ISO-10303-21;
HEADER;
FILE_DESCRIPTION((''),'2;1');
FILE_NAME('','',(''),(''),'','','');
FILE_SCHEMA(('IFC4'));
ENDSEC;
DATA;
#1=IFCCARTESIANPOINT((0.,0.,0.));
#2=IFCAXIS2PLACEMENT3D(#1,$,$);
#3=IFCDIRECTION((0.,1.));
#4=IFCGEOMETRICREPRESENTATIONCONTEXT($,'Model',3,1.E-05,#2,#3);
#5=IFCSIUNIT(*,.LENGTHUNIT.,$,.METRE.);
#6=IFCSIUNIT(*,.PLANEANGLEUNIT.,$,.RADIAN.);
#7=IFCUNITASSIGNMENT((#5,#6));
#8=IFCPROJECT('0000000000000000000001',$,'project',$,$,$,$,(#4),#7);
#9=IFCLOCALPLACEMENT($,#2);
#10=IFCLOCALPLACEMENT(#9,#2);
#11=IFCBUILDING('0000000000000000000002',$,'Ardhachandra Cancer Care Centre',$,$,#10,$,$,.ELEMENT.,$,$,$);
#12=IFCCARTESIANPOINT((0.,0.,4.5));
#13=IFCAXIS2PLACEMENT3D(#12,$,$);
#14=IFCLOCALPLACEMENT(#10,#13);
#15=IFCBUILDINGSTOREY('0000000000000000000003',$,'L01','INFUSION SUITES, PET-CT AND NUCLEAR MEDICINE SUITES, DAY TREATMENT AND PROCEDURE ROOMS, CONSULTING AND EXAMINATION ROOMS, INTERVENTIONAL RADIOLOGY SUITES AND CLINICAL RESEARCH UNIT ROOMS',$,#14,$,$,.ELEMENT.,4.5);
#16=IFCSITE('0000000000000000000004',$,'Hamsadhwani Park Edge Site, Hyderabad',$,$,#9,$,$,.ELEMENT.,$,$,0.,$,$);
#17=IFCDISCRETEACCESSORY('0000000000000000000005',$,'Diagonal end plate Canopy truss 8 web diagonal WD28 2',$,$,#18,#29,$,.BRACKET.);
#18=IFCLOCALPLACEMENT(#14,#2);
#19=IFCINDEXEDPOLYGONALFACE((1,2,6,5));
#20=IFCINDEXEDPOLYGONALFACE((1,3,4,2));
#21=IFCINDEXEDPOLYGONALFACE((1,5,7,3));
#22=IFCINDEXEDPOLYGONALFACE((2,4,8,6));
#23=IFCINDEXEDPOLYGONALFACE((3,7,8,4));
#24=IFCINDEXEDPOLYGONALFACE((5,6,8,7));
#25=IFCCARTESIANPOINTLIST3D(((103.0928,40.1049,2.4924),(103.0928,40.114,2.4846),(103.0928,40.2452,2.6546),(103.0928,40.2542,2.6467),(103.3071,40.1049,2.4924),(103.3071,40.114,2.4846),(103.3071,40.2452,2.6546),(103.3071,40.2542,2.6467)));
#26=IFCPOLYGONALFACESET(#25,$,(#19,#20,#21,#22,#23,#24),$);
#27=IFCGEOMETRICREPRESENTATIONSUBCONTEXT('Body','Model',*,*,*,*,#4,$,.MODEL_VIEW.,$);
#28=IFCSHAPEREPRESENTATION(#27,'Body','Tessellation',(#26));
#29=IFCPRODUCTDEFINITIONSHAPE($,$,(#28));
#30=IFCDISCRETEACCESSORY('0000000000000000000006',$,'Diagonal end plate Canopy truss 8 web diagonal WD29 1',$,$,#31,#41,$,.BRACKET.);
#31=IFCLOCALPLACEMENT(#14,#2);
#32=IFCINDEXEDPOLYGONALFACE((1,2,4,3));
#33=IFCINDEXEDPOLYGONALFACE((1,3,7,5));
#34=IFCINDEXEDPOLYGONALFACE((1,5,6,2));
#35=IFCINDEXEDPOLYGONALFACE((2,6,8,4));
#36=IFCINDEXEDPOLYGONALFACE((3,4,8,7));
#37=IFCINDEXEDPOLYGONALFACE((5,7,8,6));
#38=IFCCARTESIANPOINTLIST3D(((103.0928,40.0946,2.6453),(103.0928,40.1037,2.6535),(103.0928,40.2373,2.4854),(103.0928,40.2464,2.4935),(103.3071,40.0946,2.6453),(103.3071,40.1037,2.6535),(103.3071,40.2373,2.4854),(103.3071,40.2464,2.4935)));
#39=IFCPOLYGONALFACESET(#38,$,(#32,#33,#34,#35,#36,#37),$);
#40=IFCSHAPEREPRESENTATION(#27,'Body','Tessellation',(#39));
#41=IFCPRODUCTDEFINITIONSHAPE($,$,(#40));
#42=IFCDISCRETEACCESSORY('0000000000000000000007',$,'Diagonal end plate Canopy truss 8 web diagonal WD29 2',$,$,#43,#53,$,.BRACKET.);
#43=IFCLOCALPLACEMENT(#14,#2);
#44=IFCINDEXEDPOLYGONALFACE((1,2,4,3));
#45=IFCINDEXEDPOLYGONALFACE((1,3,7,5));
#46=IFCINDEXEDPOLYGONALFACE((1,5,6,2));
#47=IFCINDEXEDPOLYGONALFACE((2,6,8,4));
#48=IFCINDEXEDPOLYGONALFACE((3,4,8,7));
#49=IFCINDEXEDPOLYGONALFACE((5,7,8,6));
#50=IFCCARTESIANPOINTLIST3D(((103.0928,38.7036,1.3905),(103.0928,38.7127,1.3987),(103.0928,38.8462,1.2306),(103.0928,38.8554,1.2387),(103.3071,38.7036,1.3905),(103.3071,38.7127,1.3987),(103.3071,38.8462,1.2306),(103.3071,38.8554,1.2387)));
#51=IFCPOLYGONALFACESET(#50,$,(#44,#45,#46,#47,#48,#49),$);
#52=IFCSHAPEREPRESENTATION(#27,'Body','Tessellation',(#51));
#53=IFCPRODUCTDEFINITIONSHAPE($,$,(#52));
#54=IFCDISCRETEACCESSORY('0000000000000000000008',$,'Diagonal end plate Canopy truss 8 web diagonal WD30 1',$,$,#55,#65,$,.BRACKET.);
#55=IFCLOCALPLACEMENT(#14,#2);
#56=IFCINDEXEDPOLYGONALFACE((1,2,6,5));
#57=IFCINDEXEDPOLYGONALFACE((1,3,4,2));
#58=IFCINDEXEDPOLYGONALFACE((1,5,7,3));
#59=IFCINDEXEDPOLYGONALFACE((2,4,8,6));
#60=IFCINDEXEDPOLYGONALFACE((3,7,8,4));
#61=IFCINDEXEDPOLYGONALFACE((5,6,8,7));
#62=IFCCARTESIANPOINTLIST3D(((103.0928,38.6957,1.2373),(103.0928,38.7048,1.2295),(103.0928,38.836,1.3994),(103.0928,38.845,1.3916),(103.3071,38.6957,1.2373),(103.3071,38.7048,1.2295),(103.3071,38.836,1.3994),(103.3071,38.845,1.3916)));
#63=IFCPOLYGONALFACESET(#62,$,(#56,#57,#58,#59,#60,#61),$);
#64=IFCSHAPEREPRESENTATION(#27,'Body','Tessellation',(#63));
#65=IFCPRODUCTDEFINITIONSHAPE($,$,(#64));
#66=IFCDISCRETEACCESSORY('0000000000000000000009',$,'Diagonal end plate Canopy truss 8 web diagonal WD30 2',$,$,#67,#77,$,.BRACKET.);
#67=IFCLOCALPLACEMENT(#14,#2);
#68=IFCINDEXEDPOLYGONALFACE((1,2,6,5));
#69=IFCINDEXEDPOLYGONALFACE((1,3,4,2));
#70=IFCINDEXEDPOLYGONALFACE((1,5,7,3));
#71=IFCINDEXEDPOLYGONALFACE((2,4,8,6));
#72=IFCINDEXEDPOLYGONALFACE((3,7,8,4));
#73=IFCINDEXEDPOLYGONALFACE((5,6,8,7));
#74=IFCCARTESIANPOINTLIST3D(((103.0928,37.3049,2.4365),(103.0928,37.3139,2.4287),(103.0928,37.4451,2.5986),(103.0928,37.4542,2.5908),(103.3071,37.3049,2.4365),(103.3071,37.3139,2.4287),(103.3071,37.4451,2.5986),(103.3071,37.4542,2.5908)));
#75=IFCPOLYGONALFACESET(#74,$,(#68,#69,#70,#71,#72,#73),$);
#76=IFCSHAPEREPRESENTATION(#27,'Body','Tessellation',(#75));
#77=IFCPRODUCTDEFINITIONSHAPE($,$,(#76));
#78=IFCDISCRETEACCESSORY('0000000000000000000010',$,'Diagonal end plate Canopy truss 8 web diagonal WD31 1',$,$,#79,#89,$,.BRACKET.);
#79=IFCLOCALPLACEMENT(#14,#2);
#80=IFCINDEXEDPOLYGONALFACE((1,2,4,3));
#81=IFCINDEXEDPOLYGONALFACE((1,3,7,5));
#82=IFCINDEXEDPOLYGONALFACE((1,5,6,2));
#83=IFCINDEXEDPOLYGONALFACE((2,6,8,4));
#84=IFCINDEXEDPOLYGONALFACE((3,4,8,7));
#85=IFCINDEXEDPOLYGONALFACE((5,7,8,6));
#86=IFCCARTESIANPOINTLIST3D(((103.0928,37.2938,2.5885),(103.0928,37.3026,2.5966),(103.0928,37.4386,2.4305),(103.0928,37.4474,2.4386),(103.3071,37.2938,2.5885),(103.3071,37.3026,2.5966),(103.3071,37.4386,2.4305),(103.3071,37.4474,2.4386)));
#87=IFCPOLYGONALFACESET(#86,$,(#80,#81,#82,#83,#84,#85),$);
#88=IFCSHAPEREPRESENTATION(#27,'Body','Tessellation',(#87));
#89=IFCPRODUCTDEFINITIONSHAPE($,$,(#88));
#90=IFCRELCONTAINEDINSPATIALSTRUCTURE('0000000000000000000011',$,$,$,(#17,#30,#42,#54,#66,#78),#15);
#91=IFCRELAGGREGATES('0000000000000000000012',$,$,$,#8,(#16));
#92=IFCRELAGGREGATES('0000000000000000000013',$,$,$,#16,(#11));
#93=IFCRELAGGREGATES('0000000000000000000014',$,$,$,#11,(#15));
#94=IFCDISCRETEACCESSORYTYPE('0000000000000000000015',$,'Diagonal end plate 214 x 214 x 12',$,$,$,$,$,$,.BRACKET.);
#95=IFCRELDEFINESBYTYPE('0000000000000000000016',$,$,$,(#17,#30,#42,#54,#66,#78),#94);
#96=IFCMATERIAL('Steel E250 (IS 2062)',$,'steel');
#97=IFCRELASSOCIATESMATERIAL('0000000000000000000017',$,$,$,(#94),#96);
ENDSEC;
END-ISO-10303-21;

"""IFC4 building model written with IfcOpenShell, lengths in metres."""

from ifc_helpers import new_model, si_unit, direction, frame, origin, origin_2d, place, context, subcontext, project, spatial, rectangle, extrude, material, material_profile, profile_set, type_object, element, save


model = new_model("IFC4")

# Units and contexts
model_context = context("Model", 3, precision=1e-05, world=origin(), true_north=direction((0.0, 1.0)))
body_context = subcontext(model_context, "Body", "Model", "MODEL_VIEW")
ifc_project = project(units=[si_unit("LENGTHUNIT", "METRE"), si_unit("PLANEANGLEUNIT", "RADIAN")], contexts=[model_context])

# Site, building, storey
site_placement = place(None, origin())
site = spatial("IfcSite", under=ifc_project, at=site_placement, Name="Hamsadhwani Park Edge Site, Hyderabad", CompositionType="ELEMENT", RefElevation=0.0)
building_placement = place(site_placement, origin())
building = spatial("IfcBuilding", under=site, at=building_placement, Name="Ardhachandra Cancer Care Centre", CompositionType="ELEMENT")
storey_placement = place(building_placement, frame((0.0, 0.0, 4.5)))
storey = spatial("IfcBuildingStorey", under=building, at=storey_placement, Name="L01", Description="INFUSION SUITES, PET-CT AND NUCLEAR MEDICINE SUITES, DAY TREATMENT AND PROCEDURE ROOMS, CONSULTING AND EXAMINATION ROOMS, INTERVENTIONAL RADIOLOGY SUITES AND CLINICAL RESEARCH UNIT ROOMS", CompositionType="ELEMENT", Elevation=4.5)

# Discrete accessories
ifc_material_1 = material(Name="Steel E250 (IS 2062)", Category="steel")
ifc_material_profile_1 = material_profile(ifc_material_1, rectangle(XDim=0.2144, YDim=0.2144, at=origin_2d()), Name="PL 214x214x12")
ifc_profile_set_1 = profile_set([ifc_material_profile_1], Name="Steel E250 (IS 2062)")
discrete_accessory_type = type_object("IfcDiscreteAccessoryType", Name="Diagonal end plate 214 x 214 x 12", PredefinedType="BRACKET", material=ifc_profile_set_1)
for number, where, z_axis, x_axis, name in (
    (1, (103.2, 40.175, 2.5735), (0.0, 0.756363, -0.654152), (-1.0, 0.0, 0.0), "Diagonal end plate Canopy truss 8 web diagonal WD28 2"),
):
    element("IfcDiscreteAccessory", number, at=place(storey_placement, frame(where, z_axis=z_axis, x_axis=x_axis)), inside=storey, type_object=discrete_accessory_type, Name=name, PredefinedType="BRACKET", context=body_context, shape_type="SweptSolid", body=[
        extrude(rectangle(XDim=0.2144, YDim=0.2144, at=origin_2d()), origin(), (0.0, 0.0, 1.0), 0.012),
    ])
for number, where, z_axis, x_axis, name in (
    (2, (103.2, 40.175, 2.5735), (0.0, -0.746295, -0.665615), (1.0, 0.0, 0.0), "Diagonal end plate Canopy truss 8 web diagonal WD29 1"),
    (3, (103.2, 38.7749, 1.3105), (0.0, 0.746295, 0.665615), (-1.0, 0.0, 0.0), "Diagonal end plate Canopy truss 8 web diagonal WD29 2"),
):
    element("IfcDiscreteAccessory", number, at=place(storey_placement, frame(where, z_axis=z_axis, x_axis=x_axis)), inside=storey, type_object=discrete_accessory_type, Name=name, PredefinedType="BRACKET", context=body_context, shape_type="SweptSolid", body=[
        extrude(rectangle(XDim=0.2144, YDim=0.2144, at=origin_2d()), origin(), (0.0, 0.0, 1.0), 0.0122),
    ])
for number, where, z_axis, x_axis, name in (
    (4, (103.2, 38.7749, 1.3105), (0.0, -0.756363, 0.654152), (1.0, 0.0, 0.0), "Diagonal end plate Canopy truss 8 web diagonal WD30 1"),
    (5, (103.2, 37.375, 2.5176), (0.0, 0.756363, -0.654152), (-1.0, 0.0, 0.0), "Diagonal end plate Canopy truss 8 web diagonal WD30 2"),
    (6, (103.2, 37.375, 2.5176), (0.0, -0.737154, -0.675725), (1.0, 0.0, 0.0), "Diagonal end plate Canopy truss 8 web diagonal WD31 1"),
):
    element("IfcDiscreteAccessory", number, at=place(storey_placement, frame(where, z_axis=z_axis, x_axis=x_axis)), inside=storey, type_object=discrete_accessory_type, Name=name, PredefinedType="BRACKET", context=body_context, shape_type="SweptSolid", body=[
        extrude(rectangle(XDim=0.2144, YDim=0.2144, at=origin_2d()), origin(), (0.0, 0.0, 1.0), 0.012),
    ])

save(model, "model.ifc")
